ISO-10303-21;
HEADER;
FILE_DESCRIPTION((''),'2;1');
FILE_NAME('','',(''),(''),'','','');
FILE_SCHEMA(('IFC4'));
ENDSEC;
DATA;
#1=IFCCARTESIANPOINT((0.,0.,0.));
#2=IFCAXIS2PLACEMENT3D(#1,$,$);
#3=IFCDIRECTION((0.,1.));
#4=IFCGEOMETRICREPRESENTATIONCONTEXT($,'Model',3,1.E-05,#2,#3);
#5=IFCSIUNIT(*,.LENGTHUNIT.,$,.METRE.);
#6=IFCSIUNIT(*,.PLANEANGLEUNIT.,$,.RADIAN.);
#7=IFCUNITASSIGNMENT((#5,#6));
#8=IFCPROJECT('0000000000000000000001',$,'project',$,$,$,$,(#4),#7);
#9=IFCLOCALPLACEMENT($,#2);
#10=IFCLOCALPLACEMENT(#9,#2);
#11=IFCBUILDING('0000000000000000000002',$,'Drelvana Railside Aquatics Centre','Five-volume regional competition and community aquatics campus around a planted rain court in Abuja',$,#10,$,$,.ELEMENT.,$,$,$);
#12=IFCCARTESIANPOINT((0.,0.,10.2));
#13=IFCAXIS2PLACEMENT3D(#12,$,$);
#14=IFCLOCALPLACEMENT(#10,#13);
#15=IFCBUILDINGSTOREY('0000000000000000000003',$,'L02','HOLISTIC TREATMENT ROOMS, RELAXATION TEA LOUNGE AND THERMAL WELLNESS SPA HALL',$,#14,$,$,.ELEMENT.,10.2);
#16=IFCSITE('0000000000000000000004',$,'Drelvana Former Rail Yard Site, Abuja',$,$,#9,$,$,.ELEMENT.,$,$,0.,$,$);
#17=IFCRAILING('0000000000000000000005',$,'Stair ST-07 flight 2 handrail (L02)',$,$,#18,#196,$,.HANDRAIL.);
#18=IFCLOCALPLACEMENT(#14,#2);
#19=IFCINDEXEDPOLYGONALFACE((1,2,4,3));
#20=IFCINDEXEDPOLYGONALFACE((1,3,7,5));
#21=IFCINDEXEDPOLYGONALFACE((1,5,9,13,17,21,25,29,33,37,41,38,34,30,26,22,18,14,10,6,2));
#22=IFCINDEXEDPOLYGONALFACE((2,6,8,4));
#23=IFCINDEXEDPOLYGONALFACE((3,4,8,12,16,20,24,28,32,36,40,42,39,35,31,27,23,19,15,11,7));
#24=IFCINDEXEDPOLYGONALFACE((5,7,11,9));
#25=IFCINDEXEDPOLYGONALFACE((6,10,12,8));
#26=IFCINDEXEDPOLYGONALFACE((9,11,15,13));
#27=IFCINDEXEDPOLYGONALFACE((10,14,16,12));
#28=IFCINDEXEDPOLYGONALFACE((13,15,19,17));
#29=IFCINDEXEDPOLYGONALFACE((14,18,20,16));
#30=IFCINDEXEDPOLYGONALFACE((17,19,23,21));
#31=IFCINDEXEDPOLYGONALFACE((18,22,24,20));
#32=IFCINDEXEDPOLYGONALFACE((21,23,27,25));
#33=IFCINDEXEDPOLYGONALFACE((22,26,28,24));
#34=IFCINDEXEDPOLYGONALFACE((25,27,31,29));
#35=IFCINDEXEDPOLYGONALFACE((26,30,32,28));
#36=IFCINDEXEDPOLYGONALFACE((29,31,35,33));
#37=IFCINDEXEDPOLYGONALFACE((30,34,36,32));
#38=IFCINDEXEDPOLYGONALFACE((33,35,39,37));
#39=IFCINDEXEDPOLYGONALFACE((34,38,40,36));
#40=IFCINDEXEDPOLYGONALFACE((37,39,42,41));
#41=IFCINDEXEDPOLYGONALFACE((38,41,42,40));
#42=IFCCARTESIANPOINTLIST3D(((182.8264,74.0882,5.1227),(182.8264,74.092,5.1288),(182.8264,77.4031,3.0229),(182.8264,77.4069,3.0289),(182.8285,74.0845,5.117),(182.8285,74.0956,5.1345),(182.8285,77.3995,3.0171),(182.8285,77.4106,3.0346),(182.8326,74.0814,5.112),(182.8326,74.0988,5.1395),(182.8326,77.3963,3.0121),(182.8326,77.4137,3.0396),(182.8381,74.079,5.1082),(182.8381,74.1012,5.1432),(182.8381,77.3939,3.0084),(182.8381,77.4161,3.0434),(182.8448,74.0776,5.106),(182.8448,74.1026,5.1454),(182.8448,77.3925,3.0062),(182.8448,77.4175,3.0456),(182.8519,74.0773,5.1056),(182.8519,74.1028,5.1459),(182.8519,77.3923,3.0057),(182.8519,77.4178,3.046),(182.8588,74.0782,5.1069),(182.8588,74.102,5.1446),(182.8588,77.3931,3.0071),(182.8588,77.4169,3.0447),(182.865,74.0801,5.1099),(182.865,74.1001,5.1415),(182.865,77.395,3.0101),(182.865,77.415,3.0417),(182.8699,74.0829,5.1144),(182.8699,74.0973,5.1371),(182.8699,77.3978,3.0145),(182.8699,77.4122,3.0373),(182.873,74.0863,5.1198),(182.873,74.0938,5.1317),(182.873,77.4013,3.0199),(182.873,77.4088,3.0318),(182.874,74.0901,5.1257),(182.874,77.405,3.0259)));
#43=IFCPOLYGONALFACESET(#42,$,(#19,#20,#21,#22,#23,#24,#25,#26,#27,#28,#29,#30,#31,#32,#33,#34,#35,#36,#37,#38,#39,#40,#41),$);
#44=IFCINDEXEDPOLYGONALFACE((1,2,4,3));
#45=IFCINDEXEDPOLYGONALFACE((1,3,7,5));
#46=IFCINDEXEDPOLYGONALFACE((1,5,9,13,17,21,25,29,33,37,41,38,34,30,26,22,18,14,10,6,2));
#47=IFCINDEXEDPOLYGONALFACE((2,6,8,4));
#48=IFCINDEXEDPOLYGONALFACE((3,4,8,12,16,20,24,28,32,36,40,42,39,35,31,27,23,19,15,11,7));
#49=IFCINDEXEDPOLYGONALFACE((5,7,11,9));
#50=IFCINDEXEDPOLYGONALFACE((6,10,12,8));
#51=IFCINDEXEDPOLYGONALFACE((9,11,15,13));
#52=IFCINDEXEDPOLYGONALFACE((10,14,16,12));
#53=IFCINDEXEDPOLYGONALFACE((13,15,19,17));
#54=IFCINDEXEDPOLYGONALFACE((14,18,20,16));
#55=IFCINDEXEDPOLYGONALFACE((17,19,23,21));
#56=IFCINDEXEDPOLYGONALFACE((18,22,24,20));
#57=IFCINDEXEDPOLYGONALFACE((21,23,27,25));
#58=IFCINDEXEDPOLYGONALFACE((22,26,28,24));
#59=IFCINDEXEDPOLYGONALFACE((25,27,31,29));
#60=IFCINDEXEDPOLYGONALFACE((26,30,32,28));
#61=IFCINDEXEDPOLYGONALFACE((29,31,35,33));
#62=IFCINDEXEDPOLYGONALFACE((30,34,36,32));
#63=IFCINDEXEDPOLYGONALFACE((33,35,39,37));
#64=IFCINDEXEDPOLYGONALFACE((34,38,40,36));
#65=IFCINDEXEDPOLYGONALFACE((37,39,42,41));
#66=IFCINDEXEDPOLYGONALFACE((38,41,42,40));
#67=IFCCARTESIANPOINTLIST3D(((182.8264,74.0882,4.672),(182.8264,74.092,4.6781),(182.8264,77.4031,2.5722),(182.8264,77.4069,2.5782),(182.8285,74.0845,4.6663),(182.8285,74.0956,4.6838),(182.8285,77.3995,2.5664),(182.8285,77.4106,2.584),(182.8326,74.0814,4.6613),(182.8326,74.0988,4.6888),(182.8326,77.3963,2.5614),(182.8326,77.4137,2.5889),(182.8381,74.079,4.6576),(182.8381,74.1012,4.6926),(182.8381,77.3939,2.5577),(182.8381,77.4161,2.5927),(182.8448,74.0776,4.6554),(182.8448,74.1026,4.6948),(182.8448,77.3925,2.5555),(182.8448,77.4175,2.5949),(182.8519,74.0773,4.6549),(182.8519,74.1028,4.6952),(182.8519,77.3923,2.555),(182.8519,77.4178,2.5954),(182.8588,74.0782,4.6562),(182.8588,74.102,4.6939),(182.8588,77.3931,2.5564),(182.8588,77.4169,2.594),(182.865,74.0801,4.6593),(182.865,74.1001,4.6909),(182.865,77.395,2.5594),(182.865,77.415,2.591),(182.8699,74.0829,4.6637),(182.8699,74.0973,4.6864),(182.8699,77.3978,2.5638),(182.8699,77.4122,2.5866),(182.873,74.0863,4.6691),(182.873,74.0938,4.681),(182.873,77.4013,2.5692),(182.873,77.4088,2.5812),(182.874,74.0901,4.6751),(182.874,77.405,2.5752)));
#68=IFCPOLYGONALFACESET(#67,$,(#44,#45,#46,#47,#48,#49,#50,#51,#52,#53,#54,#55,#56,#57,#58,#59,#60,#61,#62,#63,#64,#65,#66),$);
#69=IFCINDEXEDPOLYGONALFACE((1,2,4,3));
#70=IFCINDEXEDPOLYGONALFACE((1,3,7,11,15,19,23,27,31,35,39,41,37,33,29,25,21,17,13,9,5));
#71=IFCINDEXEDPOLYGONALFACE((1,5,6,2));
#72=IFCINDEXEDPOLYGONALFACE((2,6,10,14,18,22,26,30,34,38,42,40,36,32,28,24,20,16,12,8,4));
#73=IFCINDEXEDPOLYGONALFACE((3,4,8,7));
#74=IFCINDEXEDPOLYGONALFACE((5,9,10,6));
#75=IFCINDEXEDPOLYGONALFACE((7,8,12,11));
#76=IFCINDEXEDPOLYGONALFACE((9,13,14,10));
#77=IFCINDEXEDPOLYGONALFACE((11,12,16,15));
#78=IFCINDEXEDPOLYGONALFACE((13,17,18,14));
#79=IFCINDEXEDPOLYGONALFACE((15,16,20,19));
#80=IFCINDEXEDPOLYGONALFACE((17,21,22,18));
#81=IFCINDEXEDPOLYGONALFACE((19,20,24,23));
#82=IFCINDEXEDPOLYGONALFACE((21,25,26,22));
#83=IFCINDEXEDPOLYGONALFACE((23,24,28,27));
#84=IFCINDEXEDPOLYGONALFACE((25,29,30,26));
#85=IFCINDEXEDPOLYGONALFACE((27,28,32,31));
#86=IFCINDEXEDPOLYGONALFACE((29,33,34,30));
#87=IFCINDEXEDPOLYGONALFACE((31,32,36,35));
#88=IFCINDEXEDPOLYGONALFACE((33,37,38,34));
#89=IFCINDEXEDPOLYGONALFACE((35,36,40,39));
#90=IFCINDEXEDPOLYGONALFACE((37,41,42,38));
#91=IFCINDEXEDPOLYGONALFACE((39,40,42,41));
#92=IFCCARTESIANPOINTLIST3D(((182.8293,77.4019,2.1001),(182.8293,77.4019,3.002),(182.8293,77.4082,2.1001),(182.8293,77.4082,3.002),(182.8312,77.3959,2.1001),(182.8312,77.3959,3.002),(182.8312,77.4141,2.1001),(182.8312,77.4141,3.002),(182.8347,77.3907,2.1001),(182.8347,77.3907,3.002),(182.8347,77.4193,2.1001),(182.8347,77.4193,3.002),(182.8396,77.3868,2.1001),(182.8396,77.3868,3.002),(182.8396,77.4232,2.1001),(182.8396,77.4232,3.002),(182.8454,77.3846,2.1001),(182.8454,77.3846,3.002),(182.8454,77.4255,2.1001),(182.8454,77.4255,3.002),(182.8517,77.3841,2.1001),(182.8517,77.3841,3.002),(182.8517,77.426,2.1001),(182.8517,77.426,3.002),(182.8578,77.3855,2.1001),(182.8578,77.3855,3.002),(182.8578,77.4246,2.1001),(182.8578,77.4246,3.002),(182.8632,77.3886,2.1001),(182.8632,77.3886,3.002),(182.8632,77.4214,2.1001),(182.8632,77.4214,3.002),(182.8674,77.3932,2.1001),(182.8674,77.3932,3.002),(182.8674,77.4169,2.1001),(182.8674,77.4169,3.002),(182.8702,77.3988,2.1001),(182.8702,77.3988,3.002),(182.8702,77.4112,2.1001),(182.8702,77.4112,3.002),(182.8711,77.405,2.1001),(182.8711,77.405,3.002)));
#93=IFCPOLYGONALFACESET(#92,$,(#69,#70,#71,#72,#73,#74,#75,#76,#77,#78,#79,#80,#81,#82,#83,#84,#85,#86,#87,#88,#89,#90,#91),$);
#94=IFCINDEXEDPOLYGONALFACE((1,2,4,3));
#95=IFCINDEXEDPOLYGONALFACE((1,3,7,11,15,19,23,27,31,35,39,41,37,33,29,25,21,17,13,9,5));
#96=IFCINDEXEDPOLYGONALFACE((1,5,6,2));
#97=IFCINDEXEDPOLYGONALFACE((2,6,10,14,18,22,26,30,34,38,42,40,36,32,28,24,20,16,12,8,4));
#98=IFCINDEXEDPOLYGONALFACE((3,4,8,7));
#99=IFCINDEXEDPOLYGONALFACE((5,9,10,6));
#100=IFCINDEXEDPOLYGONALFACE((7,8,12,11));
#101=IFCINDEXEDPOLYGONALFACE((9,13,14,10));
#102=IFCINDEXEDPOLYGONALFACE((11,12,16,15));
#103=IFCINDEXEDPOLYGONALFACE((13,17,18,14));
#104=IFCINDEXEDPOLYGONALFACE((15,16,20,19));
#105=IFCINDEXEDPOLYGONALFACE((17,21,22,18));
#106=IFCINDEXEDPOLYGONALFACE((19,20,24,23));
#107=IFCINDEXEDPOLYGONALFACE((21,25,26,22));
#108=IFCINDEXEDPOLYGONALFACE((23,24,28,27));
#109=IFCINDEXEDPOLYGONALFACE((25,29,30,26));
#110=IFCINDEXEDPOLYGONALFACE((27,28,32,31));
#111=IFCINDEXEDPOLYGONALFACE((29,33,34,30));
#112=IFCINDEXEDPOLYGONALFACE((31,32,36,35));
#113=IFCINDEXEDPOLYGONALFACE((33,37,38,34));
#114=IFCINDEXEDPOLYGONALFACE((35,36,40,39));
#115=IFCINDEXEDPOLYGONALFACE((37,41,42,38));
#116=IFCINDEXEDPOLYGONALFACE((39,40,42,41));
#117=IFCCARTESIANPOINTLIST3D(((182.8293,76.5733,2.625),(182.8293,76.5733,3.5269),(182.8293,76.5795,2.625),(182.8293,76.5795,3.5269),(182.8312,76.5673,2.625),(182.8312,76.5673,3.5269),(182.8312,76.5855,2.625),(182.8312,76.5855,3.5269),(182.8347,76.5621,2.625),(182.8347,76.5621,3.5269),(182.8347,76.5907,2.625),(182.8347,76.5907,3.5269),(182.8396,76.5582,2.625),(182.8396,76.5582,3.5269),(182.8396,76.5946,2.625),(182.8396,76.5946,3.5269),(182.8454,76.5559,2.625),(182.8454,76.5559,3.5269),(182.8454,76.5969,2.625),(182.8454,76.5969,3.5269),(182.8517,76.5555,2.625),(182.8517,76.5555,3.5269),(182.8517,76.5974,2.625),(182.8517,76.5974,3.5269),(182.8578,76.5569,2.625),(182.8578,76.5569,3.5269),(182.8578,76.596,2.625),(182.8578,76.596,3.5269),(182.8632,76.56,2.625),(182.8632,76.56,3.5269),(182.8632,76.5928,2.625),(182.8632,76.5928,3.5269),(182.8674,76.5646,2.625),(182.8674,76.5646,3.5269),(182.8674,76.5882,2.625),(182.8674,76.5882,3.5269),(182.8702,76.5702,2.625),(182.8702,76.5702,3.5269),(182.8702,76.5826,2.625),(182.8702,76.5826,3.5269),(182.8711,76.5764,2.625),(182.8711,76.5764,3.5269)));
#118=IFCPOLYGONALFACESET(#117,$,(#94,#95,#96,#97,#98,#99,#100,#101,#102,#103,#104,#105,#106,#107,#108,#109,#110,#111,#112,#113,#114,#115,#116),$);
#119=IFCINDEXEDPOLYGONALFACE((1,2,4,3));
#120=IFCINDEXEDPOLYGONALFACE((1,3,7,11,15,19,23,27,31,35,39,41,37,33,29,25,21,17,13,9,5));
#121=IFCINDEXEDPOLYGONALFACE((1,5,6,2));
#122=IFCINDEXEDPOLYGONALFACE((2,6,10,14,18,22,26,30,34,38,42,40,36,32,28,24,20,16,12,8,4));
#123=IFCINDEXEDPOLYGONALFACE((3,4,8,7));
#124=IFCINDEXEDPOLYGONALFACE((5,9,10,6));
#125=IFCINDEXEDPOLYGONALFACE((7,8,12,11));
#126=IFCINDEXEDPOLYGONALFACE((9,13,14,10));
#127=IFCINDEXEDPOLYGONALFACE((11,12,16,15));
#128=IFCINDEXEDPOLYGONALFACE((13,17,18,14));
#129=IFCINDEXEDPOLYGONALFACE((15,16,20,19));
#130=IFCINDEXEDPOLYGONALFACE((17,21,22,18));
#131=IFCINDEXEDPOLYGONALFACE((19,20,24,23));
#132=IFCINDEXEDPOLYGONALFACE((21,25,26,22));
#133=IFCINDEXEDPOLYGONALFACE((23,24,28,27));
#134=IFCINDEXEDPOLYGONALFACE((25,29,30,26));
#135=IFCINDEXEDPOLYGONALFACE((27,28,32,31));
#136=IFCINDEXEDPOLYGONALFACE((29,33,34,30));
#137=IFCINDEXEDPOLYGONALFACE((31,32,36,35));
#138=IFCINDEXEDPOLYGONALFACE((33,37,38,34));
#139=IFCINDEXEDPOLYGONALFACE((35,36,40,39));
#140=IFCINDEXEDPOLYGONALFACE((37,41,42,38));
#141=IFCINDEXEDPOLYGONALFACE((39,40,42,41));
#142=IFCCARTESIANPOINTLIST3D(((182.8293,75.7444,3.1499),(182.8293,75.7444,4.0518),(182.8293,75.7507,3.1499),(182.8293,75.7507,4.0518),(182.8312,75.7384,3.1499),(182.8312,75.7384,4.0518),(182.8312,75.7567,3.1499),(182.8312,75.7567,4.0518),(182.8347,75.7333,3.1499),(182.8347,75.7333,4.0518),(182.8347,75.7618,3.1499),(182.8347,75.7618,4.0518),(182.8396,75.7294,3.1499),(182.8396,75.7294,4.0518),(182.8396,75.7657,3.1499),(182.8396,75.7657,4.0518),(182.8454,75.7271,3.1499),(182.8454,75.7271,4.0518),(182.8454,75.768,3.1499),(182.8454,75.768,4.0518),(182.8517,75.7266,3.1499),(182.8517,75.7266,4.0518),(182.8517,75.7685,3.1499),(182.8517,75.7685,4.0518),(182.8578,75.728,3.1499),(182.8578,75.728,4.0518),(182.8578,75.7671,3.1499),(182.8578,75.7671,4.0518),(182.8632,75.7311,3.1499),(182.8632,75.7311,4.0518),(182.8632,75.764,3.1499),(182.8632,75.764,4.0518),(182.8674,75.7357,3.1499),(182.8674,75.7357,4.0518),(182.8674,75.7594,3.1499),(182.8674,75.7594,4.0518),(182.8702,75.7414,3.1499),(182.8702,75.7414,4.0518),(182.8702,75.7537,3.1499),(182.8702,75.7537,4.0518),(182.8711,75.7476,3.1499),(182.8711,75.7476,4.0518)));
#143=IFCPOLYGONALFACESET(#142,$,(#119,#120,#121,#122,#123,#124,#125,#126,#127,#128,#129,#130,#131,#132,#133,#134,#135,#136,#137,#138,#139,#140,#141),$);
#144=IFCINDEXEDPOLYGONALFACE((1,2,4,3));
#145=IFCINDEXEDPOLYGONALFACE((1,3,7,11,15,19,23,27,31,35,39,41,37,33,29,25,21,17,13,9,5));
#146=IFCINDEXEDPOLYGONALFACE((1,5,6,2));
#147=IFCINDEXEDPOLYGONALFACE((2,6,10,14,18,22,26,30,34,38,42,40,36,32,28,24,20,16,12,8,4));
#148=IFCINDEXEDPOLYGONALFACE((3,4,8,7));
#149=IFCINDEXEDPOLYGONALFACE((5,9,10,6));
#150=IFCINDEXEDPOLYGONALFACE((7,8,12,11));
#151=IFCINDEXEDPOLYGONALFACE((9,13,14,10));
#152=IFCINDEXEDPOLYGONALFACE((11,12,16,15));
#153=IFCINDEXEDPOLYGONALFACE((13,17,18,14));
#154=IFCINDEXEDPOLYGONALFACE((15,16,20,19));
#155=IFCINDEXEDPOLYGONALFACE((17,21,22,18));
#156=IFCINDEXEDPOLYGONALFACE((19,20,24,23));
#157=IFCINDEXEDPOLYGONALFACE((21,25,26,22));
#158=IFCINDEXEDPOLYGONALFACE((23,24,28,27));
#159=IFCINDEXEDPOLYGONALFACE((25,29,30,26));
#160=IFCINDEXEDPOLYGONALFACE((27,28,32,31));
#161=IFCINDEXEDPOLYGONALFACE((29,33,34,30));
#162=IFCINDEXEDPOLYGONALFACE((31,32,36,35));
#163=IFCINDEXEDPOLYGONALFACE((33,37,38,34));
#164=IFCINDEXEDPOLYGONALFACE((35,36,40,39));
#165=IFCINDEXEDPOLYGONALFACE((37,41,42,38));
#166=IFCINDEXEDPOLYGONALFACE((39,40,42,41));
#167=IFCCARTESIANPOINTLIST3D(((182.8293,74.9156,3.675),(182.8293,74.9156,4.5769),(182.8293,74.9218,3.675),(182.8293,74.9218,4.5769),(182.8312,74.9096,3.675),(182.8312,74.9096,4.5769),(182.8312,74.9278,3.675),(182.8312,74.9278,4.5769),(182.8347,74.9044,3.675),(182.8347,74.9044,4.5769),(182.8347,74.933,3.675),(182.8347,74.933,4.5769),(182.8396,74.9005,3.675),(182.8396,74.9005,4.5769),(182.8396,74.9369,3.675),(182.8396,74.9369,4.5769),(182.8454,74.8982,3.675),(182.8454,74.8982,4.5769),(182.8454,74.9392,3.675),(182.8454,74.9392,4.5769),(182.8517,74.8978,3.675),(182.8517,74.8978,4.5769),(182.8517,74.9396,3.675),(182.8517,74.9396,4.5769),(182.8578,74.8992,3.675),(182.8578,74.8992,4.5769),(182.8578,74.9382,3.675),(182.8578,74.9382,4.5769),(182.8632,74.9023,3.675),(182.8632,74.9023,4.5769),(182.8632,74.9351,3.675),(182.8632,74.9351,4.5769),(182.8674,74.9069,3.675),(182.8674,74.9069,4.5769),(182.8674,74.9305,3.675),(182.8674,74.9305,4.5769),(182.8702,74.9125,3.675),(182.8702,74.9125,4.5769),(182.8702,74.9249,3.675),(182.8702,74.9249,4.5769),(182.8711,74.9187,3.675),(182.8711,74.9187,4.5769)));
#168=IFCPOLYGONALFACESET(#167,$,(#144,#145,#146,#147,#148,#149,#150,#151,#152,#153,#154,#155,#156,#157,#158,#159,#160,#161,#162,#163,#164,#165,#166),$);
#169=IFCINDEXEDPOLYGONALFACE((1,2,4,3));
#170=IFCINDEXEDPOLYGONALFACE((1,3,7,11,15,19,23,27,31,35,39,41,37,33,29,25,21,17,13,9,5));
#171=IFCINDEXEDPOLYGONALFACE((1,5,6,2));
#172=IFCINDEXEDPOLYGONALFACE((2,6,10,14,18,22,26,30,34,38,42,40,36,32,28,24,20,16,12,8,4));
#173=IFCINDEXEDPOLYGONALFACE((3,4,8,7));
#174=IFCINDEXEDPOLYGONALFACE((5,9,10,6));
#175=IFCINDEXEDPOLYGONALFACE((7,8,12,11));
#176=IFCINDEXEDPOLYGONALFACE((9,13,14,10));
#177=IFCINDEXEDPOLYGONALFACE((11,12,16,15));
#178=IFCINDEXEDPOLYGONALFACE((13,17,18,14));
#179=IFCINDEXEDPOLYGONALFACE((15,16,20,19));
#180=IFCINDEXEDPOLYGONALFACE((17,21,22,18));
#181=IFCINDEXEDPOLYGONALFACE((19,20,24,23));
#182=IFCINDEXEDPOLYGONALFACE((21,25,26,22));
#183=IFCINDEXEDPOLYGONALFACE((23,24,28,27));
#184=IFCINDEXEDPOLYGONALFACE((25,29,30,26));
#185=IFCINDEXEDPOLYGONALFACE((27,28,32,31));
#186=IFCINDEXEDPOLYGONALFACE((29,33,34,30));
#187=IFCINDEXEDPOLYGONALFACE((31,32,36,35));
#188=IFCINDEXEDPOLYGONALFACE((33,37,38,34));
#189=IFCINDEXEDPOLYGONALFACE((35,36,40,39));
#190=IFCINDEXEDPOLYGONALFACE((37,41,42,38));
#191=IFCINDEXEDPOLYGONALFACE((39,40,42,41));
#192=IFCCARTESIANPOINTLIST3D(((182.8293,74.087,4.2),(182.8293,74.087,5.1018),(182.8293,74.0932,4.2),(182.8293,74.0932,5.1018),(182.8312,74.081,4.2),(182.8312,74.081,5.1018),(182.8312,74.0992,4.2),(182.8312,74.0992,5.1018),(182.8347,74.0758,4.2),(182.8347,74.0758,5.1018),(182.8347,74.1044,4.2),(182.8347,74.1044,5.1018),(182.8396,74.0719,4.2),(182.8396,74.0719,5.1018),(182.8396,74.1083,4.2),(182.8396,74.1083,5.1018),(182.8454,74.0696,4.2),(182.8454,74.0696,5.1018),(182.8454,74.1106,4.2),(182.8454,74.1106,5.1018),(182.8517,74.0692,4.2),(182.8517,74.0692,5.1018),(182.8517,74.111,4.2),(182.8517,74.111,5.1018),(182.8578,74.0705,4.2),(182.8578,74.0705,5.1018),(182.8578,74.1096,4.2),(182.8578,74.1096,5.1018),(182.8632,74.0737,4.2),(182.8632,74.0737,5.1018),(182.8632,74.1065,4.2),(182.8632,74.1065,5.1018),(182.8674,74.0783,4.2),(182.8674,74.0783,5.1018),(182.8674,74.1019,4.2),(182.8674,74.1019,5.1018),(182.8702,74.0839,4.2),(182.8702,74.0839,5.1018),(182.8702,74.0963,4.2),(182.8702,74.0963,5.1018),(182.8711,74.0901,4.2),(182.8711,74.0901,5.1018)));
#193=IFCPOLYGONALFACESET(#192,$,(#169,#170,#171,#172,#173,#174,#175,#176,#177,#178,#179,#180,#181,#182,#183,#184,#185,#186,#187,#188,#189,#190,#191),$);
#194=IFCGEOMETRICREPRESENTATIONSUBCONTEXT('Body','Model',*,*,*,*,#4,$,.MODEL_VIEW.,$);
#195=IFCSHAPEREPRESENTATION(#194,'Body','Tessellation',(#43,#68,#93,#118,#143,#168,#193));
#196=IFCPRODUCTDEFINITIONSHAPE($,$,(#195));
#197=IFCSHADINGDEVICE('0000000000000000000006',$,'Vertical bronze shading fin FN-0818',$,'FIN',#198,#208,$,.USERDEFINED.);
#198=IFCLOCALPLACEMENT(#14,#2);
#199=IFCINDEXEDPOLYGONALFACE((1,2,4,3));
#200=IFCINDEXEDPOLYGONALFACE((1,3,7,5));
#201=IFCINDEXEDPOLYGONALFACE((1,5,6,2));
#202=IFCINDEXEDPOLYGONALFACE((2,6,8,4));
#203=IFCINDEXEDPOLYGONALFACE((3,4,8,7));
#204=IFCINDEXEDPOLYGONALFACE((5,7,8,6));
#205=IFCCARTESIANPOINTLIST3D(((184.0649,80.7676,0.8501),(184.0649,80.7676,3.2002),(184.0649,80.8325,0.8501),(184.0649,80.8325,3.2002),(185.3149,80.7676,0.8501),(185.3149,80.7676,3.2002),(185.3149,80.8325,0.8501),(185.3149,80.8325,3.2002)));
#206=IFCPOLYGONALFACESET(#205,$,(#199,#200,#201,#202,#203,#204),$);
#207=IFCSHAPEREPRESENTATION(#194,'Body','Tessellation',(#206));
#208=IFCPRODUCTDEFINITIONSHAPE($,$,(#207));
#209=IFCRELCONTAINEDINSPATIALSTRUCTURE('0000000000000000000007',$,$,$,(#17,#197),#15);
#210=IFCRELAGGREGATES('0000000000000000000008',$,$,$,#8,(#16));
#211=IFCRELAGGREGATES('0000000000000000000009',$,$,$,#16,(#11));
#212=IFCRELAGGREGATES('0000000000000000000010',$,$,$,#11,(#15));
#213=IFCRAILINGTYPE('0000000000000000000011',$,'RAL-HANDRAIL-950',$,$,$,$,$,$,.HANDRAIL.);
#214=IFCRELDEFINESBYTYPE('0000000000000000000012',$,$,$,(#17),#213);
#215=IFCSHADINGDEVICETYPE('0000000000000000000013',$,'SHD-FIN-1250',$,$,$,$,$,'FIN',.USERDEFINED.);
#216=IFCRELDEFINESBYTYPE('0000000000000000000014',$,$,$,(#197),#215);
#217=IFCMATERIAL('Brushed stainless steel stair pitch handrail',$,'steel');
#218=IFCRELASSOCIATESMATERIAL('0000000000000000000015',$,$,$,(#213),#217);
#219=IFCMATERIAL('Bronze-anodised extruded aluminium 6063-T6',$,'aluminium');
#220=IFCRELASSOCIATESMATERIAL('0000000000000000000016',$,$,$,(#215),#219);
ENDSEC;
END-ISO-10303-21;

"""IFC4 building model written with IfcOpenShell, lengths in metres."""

from ifc_helpers import new_model, si_unit, direction, frame, origin, origin_2d, place, context, subcontext, project, spatial, rectangle, circle, extrude, material, type_object, element, save


model = new_model("IFC4")

# Units and contexts
model_context = context("Model", 3, precision=1e-05, world=origin(), true_north=direction((0.0, 1.0)))
body_context = subcontext(model_context, "Body", "Model", "MODEL_VIEW")
ifc_project = project(units=[si_unit("LENGTHUNIT", "METRE"), si_unit("PLANEANGLEUNIT", "RADIAN")], contexts=[model_context])

# Site, building, storey
site_placement = place(None, origin())
site = spatial("IfcSite", under=ifc_project, at=site_placement, Name="Drelvana Former Rail Yard Site, Abuja", CompositionType="ELEMENT", RefElevation=0.0)
building_placement = place(site_placement, origin())
building = spatial("IfcBuilding", under=site, at=building_placement, Name="Drelvana Railside Aquatics Centre", Description="Five-volume regional competition and community aquatics campus around a planted rain court in Abuja", CompositionType="ELEMENT")
storey_placement = place(building_placement, frame((0.0, 0.0, 10.2)))
storey = spatial("IfcBuildingStorey", under=building, at=storey_placement, Name="L02", Description="HOLISTIC TREATMENT ROOMS, RELAXATION TEA LOUNGE AND THERMAL WELLNESS SPA HALL", CompositionType="ELEMENT", Elevation=10.2)

# Shared definitions
ifc_material_1 = material(Name="Bronze-anodised extruded aluminium 6063-T6", Category="aluminium")

# Railing
ifc_material_2 = material(Name="Brushed stainless steel stair pitch handrail", Category="steel")
railing_type = type_object("IfcRailingType", Name="RAL-HANDRAIL-950", PredefinedType="HANDRAIL", material=ifc_material_2)
railing_placement = place(storey_placement, frame((182.8501, 77.405, 2.1001)))
element("IfcRailing", 1, at=railing_placement, inside=storey, type_object=railing_type, Name="Stair ST-07 flight 2 handrail (L02)", PredefinedType="HANDRAIL", context=body_context, shape_type="SweptSolid", body=[
    extrude(circle(Radius=0.0239, at=origin_2d()), frame((0.0, 0.0, 0.9258), z_axis=(0.0, -0.844774, 0.535123), x_axis=(1.0, 0.0, 0.0)), (0.0, 0.0, 1.0), 3.9241),
    extrude(circle(Radius=0.0239, at=origin_2d()), frame((0.0, 0.0, 0.4751), z_axis=(0.0, -0.844774, 0.535123), x_axis=(1.0, 0.0, 0.0)), (0.0, 0.0, 1.0), 3.9241),
    extrude(circle(Radius=0.021, at=origin_2d()), origin(), (0.0, 0.0, 1.0), 0.9019),
    extrude(circle(Radius=0.021, at=origin_2d()), frame((0.0, -0.8286, 0.5249)), (0.0, 0.0, 1.0), 0.9019),
    extrude(circle(Radius=0.021, at=origin_2d()), frame((0.0, -1.6575, 1.0498)), (0.0, 0.0, 1.0), 0.9019),
    extrude(circle(Radius=0.021, at=origin_2d()), frame((0.0, -2.4863, 1.575)), (0.0, 0.0, 1.0), 0.9019),
    extrude(circle(Radius=0.021, at=origin_2d()), frame((0.0, -3.3149, 2.0999)), (0.0, 0.0, 1.0), 0.9019),
])

# Shading device
shading_device_type = type_object("IfcShadingDeviceType", Name="SHD-FIN-1250", ElementType="FIN", PredefinedType="USERDEFINED", material=ifc_material_1)
shading_device_placement = place(storey_placement, frame((184.6899, 80.8, 0.8501), z_axis=(0.0, 0.0, 1.0), x_axis=(1.0, 0.0, 0.0)))
element("IfcShadingDevice", 2, at=shading_device_placement, inside=storey, type_object=shading_device_type, Name="Vertical bronze shading fin FN-0818", ObjectType="FIN", PredefinedType="USERDEFINED", context=body_context, shape_type="SweptSolid", body=[
    extrude(rectangle(XDim=1.25, YDim=0.0649, at=origin_2d()), origin(), (0.0, 0.0, 1.0), 2.3501),
])

save(model, "model.ifc")
